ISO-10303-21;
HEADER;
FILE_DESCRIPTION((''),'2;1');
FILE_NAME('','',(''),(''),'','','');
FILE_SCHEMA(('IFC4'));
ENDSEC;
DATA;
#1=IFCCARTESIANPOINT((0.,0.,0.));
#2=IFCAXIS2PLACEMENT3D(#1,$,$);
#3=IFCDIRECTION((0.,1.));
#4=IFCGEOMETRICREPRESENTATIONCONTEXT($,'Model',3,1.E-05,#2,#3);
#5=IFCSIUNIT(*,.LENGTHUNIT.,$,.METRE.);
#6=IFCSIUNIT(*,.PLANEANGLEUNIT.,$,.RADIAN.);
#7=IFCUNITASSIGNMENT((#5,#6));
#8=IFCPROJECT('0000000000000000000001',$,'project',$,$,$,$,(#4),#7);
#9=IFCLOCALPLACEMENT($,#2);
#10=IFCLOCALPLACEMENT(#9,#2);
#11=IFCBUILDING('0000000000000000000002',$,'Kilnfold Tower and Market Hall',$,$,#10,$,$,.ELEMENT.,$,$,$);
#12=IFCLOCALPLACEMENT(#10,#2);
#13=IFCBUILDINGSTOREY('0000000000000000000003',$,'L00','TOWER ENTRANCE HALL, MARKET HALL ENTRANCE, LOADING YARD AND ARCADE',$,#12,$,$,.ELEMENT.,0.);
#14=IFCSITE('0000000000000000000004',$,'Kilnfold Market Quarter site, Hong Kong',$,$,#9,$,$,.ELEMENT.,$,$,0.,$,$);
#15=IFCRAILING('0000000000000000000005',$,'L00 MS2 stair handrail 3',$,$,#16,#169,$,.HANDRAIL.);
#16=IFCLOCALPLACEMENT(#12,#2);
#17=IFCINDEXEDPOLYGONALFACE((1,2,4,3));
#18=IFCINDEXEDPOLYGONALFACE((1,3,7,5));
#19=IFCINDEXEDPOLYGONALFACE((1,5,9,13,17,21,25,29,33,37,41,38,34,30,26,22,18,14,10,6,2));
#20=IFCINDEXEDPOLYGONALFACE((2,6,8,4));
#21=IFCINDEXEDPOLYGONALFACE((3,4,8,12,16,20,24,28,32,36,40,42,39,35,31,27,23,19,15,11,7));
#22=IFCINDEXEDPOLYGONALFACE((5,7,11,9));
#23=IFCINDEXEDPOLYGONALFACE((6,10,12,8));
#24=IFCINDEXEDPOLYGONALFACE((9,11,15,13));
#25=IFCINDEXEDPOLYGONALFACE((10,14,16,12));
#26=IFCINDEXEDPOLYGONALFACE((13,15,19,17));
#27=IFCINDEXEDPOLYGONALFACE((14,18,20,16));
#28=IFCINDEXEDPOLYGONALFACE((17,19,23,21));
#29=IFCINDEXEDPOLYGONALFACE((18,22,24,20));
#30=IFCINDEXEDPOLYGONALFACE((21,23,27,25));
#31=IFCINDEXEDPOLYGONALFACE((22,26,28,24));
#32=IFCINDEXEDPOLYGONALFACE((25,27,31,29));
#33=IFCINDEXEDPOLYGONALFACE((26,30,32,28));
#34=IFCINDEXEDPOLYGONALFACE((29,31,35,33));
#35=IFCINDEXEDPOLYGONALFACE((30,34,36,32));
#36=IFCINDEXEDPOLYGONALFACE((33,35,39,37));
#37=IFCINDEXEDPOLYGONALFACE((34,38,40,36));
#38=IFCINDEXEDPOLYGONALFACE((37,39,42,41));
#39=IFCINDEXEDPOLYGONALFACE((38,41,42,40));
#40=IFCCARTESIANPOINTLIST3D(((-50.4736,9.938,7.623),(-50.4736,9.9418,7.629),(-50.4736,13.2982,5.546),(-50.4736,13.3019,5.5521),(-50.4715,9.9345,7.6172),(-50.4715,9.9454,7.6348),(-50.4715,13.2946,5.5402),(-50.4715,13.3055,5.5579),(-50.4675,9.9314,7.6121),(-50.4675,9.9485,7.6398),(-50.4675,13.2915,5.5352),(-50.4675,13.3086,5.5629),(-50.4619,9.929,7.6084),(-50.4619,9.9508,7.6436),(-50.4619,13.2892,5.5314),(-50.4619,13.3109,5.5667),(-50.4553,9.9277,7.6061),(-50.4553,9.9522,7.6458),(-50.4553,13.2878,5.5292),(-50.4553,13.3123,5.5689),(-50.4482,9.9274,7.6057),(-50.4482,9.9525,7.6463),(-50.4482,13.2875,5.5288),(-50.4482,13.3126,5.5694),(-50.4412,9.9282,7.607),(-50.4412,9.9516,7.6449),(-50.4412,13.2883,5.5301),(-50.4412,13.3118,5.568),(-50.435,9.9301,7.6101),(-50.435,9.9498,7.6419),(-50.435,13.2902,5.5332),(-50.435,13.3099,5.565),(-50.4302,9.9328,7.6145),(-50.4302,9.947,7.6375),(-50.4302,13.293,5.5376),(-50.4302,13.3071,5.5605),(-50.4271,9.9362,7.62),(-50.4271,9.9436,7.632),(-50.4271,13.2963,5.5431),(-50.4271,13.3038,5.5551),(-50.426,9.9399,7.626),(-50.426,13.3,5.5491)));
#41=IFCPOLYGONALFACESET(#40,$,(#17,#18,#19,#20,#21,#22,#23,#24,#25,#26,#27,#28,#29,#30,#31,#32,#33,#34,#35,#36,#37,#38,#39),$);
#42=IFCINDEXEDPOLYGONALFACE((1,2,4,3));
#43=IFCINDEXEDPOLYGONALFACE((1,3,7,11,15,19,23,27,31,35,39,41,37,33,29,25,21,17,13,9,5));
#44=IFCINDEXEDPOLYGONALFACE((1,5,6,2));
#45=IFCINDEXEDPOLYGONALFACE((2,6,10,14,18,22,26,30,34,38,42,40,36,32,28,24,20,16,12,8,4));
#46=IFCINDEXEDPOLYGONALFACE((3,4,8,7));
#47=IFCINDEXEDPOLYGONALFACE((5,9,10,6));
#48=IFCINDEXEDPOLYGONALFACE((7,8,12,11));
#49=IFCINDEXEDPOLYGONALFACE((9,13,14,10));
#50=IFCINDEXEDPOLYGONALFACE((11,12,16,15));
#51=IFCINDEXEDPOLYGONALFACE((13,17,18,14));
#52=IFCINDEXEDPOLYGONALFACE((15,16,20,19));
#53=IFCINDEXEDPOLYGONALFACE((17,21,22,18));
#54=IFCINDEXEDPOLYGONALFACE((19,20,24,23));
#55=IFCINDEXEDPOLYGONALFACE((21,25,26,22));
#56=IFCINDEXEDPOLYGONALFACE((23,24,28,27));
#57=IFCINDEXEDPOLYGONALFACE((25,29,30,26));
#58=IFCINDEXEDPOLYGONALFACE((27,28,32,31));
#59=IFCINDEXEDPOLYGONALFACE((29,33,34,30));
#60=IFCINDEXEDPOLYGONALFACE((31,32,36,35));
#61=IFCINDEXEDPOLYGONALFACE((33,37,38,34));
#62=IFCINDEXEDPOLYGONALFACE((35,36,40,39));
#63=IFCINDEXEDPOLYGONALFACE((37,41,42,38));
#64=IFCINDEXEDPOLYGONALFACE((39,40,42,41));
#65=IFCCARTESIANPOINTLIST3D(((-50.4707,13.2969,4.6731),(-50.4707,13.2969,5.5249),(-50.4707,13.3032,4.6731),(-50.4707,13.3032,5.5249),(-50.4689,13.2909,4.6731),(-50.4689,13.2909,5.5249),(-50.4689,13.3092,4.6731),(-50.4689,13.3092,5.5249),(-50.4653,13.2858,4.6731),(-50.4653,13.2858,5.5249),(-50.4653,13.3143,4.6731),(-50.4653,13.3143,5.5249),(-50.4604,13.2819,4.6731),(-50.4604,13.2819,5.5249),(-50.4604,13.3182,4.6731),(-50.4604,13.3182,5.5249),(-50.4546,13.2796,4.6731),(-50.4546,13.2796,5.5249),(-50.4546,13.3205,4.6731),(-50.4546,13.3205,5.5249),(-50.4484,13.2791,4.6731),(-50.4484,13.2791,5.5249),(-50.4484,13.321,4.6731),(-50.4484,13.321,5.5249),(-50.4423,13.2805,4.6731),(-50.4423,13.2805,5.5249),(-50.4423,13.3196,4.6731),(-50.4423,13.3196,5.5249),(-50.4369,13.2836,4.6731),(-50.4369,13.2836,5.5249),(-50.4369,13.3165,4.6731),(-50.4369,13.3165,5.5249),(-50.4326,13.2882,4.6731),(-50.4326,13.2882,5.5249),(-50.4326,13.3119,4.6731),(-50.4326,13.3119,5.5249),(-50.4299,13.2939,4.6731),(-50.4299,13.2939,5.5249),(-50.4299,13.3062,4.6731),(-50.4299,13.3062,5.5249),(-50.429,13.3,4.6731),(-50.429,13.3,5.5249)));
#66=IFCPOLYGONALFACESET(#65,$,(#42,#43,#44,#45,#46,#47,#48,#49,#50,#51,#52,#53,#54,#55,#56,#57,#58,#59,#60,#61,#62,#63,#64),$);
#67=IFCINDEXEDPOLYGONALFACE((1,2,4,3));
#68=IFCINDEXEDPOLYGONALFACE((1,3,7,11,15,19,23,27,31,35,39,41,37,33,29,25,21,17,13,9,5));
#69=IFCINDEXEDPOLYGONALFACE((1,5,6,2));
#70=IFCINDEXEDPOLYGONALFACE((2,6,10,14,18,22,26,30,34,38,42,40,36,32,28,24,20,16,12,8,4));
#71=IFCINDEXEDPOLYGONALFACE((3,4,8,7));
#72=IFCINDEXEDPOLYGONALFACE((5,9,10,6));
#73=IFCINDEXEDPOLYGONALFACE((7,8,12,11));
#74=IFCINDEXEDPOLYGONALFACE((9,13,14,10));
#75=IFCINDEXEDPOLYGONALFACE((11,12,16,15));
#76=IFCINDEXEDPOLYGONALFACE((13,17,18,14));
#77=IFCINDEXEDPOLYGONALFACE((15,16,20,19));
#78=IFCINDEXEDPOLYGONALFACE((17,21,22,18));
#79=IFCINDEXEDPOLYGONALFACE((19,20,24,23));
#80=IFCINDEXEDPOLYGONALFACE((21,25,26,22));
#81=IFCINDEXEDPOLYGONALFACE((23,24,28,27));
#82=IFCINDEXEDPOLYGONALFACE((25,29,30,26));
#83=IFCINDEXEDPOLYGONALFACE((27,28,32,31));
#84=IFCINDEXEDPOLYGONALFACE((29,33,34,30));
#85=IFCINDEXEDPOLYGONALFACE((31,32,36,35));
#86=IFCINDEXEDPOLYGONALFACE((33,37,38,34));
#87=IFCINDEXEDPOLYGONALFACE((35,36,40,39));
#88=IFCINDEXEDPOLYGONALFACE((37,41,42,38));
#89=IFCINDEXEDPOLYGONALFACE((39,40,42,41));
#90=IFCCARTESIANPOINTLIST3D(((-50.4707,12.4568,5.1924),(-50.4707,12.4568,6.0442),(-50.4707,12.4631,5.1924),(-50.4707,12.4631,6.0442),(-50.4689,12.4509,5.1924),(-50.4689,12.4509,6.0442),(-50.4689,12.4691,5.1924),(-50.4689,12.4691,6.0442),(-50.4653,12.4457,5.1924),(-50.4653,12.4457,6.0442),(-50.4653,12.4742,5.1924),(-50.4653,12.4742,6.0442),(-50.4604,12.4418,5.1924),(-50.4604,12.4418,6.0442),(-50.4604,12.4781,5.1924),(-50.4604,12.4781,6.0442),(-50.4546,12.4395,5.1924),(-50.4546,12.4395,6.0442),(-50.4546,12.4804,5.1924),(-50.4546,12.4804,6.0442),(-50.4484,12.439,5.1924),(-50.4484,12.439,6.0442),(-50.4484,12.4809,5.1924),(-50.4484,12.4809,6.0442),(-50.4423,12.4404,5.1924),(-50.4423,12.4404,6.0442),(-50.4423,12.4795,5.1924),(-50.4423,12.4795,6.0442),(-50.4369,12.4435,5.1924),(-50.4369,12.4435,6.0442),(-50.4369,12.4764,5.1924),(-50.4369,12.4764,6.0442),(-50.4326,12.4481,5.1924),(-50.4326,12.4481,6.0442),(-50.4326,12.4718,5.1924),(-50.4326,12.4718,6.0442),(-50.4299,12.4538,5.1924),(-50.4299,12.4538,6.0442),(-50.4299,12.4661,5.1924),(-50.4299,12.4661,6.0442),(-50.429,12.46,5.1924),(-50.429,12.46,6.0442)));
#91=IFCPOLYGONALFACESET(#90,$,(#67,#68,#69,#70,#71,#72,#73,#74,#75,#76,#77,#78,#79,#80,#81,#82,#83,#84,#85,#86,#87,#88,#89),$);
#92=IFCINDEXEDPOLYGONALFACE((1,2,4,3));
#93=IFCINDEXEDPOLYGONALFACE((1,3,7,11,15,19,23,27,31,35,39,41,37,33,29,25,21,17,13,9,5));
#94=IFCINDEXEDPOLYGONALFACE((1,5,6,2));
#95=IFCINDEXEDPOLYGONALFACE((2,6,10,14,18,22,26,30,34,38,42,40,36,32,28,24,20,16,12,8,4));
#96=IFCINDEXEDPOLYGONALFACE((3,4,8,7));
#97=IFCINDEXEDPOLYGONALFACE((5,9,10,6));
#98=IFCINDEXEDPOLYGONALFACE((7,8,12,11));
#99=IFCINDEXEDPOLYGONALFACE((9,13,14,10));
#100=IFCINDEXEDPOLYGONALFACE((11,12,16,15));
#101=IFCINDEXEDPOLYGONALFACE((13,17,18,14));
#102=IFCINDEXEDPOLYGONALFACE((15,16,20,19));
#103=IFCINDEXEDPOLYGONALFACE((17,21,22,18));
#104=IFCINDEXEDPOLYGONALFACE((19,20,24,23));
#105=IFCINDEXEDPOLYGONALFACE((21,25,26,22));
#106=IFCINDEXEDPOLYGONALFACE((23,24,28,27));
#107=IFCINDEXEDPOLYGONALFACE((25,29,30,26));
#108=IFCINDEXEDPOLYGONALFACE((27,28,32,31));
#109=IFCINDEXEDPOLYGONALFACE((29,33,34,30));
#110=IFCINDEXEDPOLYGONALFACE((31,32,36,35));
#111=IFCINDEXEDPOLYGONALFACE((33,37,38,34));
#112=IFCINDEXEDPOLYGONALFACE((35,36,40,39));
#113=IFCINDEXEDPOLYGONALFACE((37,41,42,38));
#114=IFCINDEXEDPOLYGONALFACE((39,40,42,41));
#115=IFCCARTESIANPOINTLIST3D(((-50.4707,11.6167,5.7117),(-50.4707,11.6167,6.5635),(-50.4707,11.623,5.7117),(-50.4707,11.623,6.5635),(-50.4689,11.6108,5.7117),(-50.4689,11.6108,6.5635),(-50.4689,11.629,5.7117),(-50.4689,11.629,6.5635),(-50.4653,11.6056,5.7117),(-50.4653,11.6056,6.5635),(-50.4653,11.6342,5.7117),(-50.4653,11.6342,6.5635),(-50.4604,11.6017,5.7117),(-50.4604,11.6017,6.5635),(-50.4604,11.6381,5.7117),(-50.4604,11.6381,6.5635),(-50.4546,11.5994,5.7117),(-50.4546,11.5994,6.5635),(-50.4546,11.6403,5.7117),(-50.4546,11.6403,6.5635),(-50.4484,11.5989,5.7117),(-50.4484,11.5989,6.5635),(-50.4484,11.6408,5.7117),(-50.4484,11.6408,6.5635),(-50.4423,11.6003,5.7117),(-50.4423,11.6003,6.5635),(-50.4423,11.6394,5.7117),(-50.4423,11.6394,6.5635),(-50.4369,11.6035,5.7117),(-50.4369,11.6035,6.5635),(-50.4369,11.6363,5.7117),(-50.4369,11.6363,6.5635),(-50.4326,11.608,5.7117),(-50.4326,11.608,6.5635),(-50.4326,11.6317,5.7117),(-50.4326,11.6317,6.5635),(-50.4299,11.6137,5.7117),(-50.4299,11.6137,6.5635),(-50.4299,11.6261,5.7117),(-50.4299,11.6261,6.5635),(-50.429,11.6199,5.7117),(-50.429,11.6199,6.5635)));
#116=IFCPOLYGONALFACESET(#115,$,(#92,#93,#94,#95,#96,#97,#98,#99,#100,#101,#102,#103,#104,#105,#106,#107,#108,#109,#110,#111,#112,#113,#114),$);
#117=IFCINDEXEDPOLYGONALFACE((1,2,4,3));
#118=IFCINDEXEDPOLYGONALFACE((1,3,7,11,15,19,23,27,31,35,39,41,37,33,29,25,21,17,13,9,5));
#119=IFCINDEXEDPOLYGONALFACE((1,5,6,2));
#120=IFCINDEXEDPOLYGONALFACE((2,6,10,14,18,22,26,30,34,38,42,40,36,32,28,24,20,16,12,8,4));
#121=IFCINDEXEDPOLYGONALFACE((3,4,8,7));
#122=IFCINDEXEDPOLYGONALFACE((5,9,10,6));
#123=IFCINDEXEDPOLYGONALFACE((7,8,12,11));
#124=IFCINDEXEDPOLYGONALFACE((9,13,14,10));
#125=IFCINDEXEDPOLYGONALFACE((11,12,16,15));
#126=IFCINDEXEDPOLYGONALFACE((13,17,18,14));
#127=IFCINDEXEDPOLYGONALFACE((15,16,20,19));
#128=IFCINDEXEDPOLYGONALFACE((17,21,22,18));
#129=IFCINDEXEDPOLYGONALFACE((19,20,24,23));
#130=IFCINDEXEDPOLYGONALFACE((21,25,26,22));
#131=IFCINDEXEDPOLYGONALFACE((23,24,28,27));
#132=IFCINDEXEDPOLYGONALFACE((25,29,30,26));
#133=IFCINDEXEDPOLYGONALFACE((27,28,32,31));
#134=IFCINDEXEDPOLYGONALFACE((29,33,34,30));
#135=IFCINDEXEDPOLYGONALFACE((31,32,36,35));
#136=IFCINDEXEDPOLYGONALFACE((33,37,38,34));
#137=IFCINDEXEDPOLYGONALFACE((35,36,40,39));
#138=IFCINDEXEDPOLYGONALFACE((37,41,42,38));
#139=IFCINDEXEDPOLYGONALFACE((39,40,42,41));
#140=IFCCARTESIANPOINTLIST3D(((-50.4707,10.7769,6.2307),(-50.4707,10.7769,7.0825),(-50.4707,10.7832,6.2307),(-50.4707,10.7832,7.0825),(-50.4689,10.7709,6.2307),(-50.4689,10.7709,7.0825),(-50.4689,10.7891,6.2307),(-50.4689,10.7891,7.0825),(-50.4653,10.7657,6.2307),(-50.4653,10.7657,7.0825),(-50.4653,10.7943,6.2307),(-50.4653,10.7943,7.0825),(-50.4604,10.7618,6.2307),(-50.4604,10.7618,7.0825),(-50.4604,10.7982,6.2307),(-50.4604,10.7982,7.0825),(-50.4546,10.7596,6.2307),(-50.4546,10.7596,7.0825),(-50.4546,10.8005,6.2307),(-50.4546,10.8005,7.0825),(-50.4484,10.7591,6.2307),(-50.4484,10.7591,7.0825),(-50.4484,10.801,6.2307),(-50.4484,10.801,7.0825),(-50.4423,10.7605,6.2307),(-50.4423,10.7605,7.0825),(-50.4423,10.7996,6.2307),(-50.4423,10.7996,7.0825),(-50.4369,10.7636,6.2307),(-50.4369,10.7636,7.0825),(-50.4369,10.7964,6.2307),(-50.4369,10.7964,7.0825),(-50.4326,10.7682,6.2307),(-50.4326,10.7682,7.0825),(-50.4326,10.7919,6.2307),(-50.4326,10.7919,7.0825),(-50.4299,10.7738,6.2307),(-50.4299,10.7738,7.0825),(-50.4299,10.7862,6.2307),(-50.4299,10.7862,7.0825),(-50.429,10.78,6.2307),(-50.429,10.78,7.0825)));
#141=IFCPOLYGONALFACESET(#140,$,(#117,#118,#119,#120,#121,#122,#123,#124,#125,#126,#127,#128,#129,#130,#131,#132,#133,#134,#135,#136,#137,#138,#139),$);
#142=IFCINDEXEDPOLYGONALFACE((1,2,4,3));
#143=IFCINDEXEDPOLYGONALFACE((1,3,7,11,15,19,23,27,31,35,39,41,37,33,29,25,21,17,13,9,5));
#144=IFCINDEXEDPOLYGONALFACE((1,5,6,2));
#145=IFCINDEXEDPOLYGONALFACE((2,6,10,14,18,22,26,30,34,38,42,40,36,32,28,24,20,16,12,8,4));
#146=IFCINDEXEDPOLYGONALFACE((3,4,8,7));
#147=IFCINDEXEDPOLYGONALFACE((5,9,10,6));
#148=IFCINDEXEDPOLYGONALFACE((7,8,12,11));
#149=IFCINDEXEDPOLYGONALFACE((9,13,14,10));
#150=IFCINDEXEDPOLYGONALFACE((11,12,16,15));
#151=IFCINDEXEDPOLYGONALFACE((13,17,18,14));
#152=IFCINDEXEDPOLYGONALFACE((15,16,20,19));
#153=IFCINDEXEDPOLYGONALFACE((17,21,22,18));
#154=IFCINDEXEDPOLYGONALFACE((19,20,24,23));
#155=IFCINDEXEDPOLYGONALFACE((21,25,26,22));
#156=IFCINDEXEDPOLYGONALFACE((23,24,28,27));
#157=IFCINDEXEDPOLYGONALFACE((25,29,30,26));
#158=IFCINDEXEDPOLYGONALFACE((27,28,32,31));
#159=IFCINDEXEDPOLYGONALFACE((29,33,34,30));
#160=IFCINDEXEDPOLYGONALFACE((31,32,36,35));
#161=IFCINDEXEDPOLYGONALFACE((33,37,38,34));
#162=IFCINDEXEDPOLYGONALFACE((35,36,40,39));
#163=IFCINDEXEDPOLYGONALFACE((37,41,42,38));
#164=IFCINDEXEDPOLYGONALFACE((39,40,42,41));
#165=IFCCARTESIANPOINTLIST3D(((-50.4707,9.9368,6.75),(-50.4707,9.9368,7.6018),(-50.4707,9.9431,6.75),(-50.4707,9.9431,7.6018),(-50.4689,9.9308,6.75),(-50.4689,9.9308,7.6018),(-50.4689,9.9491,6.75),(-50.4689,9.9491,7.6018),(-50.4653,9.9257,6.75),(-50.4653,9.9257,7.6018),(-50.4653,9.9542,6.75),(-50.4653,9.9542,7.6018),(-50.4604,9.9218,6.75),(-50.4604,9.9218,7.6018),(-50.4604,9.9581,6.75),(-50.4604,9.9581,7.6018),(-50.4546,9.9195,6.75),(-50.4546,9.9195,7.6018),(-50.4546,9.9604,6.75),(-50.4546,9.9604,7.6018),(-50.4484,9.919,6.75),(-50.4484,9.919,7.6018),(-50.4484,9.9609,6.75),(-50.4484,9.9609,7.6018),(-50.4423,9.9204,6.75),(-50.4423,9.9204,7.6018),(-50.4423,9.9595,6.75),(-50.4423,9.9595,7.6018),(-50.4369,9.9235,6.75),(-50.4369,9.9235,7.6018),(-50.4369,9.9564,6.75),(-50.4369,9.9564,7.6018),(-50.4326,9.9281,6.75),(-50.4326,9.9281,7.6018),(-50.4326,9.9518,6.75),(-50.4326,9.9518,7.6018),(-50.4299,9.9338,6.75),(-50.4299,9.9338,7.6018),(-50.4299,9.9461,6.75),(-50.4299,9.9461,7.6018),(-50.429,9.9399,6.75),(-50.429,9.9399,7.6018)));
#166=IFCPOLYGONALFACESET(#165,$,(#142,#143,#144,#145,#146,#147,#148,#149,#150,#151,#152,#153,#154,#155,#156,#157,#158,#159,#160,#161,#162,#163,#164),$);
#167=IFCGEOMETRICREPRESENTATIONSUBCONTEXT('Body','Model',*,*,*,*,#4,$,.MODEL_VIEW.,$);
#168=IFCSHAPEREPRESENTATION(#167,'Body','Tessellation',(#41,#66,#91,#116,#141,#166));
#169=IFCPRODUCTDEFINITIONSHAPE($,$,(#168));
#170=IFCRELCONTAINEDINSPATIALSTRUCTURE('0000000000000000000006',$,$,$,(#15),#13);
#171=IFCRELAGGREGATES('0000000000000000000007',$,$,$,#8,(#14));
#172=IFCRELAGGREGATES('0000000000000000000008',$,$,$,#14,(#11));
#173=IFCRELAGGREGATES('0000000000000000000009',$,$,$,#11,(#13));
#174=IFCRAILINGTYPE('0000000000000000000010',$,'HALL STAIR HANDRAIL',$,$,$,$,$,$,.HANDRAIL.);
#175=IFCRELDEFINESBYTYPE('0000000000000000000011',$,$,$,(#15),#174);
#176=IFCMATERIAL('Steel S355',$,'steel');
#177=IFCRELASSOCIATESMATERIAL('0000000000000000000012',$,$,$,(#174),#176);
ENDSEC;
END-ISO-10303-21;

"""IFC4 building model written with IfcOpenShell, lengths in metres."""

from ifc_helpers import new_model, si_unit, direction, frame, origin, origin_2d, place, context, subcontext, project, spatial, circle, extrude, material, type_object, element, save


model = new_model("IFC4")

# Units and contexts
model_context = context("Model", 3, precision=1e-05, world=origin(), true_north=direction((0.0, 1.0)))
body_context = subcontext(model_context, "Body", "Model", "MODEL_VIEW")
ifc_project = project(units=[si_unit("LENGTHUNIT", "METRE"), si_unit("PLANEANGLEUNIT", "RADIAN")], contexts=[model_context])

# Site, building, storey
site_placement = place(None, origin())
site = spatial("IfcSite", under=ifc_project, at=site_placement, Name="Kilnfold Market Quarter site, Hong Kong", CompositionType="ELEMENT", RefElevation=0.0)
building_placement = place(site_placement, origin())
building = spatial("IfcBuilding", under=site, at=building_placement, Name="Kilnfold Tower and Market Hall", CompositionType="ELEMENT")
storey_placement = place(building_placement, origin())
storey = spatial("IfcBuildingStorey", under=building, at=storey_placement, Name="L00", Description="TOWER ENTRANCE HALL, MARKET HALL ENTRANCE, LOADING YARD AND ARCADE", CompositionType="ELEMENT", Elevation=0.0)

# Railing
ifc_material_1 = material(Name="Steel S355", Category="steel")
railing_type_1 = type_object("IfcRailingType", Name="HALL STAIR HANDRAIL", PredefinedType="HANDRAIL", material=ifc_material_1)
railing_1_placement = place(storey_placement, frame((-50.45, 13.3, 4.6731)))
element("IfcRailing", 1, at=railing_1_placement, inside=storey, type_object=railing_type_1, Name="L00 MS2 stair handrail 3", PredefinedType="HANDRAIL", context=body_context, shape_type="SweptSolid", body=[
    extrude(circle(Radius=0.0239, at=origin_2d()), frame((0.0, 0.0, 0.876), z_axis=(0.0, -0.850623, 0.525776), x_axis=(1.0, 0.0, 0.0)), (0.0, 0.0, 1.0), 3.9502),
    extrude(circle(Radius=0.021, at=origin_2d()), origin(), (0.0, 0.0, 1.0), 0.8518),
    extrude(circle(Radius=0.021, at=origin_2d()), frame((0.0, -0.8401, 0.5193)), (0.0, 0.0, 1.0), 0.8518),
    extrude(circle(Radius=0.021, at=origin_2d()), frame((0.0, -1.6802, 1.0386)), (0.0, 0.0, 1.0), 0.8518),
    extrude(circle(Radius=0.021, at=origin_2d()), frame((0.0, -2.52, 1.5576)), (0.0, 0.0, 1.0), 0.8518),
    extrude(circle(Radius=0.021, at=origin_2d()), frame((0.0, -3.3601, 2.0769)), (0.0, 0.0, 1.0), 0.8518),
])

save(model, "model.ifc")
